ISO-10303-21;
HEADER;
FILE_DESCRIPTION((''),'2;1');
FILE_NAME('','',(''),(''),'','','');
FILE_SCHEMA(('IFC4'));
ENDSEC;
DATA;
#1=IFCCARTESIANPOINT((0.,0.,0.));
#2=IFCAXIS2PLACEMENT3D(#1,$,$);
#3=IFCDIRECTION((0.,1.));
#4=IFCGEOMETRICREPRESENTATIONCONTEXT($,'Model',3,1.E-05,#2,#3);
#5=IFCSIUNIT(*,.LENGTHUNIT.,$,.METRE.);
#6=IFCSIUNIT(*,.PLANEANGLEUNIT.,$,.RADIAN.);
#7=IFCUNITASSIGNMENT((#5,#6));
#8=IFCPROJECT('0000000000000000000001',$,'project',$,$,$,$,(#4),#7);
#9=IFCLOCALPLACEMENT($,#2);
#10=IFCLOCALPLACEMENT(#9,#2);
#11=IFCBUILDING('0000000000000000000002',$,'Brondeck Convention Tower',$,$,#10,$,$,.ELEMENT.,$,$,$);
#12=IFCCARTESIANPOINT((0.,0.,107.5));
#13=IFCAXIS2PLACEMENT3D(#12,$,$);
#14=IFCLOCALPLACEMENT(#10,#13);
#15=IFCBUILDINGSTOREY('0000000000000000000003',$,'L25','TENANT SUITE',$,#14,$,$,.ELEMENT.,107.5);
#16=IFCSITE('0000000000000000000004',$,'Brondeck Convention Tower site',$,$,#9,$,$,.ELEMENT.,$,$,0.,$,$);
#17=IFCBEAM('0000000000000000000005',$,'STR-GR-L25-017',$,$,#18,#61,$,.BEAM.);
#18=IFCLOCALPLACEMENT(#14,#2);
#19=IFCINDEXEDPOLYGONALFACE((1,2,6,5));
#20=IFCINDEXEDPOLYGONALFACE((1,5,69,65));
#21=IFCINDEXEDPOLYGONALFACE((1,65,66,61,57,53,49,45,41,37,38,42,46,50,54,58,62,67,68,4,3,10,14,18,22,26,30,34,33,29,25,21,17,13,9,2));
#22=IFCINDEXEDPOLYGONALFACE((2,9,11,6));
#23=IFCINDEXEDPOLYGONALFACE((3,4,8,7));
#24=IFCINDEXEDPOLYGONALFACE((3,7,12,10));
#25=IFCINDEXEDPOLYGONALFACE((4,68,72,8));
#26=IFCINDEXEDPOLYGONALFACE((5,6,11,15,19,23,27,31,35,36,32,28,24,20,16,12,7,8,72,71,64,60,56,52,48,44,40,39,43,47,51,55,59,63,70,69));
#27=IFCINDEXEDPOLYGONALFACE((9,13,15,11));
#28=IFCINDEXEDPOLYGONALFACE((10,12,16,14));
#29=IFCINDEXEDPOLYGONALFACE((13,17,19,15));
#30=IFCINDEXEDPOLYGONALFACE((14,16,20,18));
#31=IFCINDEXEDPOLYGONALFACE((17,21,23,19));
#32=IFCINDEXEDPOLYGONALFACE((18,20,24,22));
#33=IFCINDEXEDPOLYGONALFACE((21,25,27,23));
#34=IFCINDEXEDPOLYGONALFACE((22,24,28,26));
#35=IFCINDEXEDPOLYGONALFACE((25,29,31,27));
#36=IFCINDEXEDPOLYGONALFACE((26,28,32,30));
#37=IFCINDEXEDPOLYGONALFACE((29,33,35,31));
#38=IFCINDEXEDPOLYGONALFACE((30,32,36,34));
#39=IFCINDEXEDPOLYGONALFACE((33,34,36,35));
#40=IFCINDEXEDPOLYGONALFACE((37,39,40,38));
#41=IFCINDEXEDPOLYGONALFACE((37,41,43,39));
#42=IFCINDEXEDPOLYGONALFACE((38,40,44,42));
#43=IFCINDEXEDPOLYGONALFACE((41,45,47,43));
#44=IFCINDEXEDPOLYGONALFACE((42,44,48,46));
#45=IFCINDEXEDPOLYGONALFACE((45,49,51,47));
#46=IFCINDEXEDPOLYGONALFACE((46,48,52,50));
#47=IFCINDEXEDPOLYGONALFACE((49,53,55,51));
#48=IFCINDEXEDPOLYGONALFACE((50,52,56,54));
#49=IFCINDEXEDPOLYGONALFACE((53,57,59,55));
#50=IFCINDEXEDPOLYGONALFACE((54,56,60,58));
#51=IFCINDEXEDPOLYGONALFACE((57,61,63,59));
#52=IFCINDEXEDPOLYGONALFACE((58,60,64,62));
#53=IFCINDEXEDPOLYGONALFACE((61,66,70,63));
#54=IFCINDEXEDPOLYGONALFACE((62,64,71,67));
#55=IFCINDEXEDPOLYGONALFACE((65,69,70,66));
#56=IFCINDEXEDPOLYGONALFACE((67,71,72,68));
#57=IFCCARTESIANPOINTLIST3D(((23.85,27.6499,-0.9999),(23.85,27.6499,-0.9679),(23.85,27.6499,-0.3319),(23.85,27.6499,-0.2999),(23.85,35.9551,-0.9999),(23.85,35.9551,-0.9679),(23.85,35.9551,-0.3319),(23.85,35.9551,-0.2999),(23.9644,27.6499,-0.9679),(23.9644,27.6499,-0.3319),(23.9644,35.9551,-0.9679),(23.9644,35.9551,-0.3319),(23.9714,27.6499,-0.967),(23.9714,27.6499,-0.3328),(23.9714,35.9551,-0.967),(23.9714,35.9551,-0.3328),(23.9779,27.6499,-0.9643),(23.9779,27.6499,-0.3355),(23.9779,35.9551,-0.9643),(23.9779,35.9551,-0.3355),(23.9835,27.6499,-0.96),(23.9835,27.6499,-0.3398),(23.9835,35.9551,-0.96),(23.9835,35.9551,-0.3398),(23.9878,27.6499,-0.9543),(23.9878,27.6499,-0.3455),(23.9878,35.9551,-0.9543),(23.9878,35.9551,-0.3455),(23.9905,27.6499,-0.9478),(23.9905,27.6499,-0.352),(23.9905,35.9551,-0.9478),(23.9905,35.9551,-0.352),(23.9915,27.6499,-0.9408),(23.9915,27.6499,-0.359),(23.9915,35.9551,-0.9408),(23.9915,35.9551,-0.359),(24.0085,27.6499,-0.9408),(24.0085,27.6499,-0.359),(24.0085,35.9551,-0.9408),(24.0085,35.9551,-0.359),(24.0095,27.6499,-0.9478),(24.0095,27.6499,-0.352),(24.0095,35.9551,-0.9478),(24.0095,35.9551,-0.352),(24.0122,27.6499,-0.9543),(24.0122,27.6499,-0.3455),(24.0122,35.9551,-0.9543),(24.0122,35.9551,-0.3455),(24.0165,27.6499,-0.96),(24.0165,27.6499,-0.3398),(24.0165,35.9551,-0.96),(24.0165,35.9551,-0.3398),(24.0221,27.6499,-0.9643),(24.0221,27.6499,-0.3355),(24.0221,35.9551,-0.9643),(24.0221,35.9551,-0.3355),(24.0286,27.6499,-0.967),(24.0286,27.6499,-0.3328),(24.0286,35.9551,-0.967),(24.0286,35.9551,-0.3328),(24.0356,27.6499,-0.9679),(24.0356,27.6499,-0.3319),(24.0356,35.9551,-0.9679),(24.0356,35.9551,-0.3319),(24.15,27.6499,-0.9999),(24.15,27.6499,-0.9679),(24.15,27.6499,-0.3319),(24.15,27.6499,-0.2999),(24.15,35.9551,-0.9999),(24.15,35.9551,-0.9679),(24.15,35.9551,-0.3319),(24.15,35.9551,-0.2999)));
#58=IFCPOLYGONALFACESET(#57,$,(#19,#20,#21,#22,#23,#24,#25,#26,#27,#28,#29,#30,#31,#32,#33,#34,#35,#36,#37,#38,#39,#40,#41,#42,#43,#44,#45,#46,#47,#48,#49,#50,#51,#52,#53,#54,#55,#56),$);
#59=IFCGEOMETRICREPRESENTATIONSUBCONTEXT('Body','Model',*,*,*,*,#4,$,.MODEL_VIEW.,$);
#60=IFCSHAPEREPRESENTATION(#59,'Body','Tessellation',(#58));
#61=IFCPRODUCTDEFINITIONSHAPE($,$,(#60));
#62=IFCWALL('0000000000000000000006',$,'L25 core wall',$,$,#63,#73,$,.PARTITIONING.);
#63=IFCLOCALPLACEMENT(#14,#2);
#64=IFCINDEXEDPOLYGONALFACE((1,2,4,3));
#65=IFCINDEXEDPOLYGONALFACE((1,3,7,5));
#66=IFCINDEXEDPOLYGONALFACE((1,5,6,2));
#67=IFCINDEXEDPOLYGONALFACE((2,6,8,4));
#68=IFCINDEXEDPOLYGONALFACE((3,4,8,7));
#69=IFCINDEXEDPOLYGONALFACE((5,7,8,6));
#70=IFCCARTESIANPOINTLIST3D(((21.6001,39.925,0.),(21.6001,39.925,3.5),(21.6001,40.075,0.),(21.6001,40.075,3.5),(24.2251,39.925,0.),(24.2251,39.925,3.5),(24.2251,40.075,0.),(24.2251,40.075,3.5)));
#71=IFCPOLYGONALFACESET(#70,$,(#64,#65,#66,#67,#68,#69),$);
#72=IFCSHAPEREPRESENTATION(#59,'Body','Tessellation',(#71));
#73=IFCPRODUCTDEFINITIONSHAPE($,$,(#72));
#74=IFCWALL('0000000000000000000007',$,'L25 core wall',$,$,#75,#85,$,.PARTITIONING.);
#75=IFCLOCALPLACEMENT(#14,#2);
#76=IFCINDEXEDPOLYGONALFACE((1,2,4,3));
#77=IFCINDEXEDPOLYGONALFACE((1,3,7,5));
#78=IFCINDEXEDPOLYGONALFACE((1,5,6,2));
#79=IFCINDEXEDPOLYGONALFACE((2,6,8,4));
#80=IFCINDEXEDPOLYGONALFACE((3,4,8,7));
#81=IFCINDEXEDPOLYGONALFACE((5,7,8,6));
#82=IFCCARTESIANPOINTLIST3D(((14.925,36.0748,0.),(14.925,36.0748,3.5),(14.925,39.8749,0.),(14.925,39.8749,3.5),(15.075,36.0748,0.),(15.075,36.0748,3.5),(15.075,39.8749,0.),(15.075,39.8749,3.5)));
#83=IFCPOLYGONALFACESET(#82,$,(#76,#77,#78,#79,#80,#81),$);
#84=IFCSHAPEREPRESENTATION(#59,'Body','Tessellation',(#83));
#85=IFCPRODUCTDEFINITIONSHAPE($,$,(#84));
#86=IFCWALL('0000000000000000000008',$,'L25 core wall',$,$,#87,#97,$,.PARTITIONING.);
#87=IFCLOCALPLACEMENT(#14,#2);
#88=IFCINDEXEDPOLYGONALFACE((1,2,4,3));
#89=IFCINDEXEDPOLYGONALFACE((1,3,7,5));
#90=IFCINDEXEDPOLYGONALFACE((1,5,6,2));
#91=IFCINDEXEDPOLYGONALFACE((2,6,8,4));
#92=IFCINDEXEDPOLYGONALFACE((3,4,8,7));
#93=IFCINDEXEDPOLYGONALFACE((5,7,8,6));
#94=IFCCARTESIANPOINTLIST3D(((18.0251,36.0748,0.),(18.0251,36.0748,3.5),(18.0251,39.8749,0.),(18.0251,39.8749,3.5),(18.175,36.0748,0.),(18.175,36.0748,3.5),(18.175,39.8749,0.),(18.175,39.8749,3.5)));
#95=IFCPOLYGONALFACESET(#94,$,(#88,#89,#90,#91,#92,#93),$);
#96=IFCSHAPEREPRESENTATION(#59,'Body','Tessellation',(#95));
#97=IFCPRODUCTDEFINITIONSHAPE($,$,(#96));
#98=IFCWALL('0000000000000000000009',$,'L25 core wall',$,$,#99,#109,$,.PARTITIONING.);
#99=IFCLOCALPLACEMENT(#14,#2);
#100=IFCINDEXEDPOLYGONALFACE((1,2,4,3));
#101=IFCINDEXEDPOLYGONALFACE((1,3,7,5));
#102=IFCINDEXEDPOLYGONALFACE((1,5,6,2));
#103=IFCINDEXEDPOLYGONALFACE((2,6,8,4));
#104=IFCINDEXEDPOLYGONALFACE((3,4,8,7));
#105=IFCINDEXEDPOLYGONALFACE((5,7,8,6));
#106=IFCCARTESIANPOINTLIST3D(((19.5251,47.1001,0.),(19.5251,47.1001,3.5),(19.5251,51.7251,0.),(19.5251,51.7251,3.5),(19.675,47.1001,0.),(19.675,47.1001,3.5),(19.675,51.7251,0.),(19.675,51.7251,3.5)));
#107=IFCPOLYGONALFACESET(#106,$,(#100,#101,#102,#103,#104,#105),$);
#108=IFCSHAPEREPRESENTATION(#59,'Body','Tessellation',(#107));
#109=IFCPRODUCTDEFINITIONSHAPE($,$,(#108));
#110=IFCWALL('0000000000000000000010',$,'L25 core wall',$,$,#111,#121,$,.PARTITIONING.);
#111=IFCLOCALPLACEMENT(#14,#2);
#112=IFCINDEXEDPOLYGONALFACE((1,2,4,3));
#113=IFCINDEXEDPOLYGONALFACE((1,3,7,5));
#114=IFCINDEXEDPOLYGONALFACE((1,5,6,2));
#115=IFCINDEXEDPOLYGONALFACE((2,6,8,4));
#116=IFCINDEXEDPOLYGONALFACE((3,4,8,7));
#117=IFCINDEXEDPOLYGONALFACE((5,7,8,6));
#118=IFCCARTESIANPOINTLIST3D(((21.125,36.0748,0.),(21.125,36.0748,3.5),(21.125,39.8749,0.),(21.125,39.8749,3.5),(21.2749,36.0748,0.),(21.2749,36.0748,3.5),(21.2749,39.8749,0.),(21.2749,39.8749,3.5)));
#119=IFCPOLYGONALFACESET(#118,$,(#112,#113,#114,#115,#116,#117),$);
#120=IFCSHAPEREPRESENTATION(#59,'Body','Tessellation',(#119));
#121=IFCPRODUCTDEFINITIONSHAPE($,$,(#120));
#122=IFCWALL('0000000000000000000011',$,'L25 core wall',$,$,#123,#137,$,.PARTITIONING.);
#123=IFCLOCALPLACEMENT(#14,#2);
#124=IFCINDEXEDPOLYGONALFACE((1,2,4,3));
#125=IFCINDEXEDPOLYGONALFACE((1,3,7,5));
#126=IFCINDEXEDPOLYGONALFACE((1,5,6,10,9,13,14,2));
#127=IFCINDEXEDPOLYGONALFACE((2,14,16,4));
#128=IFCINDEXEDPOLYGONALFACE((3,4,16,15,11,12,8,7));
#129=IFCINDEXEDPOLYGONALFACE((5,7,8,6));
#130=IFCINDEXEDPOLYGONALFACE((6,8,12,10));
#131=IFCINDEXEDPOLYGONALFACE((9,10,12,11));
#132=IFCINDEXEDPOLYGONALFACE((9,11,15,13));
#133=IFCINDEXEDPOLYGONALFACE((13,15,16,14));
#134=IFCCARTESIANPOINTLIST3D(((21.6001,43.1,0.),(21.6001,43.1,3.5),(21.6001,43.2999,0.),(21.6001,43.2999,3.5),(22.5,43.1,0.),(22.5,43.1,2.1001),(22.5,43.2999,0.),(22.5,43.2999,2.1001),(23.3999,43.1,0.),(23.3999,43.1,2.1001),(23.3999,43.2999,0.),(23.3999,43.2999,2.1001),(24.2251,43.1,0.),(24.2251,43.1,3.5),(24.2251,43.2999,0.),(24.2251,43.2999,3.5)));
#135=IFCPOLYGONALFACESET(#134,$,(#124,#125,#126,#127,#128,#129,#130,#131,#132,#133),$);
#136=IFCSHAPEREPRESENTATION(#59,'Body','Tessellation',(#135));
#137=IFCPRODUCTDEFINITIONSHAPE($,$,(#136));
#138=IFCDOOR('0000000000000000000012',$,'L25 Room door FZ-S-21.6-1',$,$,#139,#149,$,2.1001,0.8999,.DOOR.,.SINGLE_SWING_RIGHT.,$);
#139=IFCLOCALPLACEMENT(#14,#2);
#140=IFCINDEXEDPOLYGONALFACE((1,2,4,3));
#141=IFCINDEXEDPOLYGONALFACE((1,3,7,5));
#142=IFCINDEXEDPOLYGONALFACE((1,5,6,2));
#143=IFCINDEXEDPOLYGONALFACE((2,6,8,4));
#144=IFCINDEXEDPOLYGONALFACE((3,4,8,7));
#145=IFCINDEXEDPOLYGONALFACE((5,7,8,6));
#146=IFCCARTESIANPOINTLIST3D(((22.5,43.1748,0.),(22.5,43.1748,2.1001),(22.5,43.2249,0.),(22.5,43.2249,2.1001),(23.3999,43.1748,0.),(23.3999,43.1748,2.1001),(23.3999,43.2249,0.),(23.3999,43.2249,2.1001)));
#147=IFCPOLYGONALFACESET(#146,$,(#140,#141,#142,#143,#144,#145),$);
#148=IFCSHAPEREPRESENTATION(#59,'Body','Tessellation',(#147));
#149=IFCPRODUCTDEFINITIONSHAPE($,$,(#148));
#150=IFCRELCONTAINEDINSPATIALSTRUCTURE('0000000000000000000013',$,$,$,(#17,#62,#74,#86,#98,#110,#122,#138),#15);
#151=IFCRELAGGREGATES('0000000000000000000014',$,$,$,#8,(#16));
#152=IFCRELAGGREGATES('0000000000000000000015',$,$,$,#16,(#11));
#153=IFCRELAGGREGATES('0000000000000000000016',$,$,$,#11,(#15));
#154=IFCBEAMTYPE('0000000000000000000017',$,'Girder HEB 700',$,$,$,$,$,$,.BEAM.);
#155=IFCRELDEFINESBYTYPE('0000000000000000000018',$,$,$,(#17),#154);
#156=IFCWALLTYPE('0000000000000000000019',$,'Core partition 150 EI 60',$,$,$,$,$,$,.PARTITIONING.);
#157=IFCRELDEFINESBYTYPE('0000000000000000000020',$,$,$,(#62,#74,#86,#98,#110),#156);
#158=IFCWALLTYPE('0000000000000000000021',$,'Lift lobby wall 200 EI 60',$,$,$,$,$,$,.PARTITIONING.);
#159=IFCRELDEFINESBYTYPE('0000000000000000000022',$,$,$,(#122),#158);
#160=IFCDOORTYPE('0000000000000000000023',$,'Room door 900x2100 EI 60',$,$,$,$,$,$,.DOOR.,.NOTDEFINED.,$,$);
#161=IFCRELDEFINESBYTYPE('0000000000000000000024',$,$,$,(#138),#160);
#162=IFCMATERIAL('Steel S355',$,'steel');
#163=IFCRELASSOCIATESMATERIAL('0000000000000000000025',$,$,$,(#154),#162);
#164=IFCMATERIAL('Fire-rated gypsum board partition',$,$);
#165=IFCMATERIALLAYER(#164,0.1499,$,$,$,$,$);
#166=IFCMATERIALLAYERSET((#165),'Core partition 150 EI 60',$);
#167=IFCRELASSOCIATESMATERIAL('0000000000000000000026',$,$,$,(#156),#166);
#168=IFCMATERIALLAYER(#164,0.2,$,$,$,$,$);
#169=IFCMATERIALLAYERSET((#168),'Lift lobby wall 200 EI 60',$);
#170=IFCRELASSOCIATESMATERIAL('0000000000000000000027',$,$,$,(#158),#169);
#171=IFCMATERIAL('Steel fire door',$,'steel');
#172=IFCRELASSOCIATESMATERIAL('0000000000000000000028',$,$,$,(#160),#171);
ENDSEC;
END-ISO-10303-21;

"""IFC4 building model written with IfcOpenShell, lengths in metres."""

from ifc_helpers import new_model, si_unit, direction, frame, frame_2d, origin, origin_2d, place, context, subcontext, project, spatial, rectangle, i_section, extrude, material, layer, layer_set, material_profile, profile_set, type_object, element, fill, save


model = new_model("IFC4")

# Units and contexts
model_context = context("Model", 3, precision=1e-05, world=origin(), true_north=direction((0.0, 1.0)))
body_context = subcontext(model_context, "Body", "Model", "MODEL_VIEW")
ifc_project = project(units=[si_unit("LENGTHUNIT", "METRE"), si_unit("PLANEANGLEUNIT", "RADIAN")], contexts=[model_context])

# Site, building, storey
site_placement = place(None, origin())
site = spatial("IfcSite", under=ifc_project, at=site_placement, Name="Brondeck Convention Tower site", CompositionType="ELEMENT", RefElevation=0.0)
building_placement = place(site_placement, origin())
building = spatial("IfcBuilding", under=site, at=building_placement, Name="Brondeck Convention Tower", CompositionType="ELEMENT")
storey_placement = place(building_placement, frame((0.0, 0.0, 107.5)))
storey = spatial("IfcBuildingStorey", under=building, at=storey_placement, Name="L25", Description="TENANT SUITE", CompositionType="ELEMENT", Elevation=107.5)

# Beam
ifc_material_1 = material(Name="Steel S355", Category="steel")
ifc_material_profile = material_profile(ifc_material_1, i_section(OverallWidth=0.3, OverallDepth=0.7, WebThickness=0.0171, FlangeThickness=0.032, FilletRadius=0.0271, at=origin_2d()), Name="HEB 700")
ifc_profile_set = profile_set([ifc_material_profile], Name="Steel S355")
beam_type = type_object("IfcBeamType", Name="Girder HEB 700", PredefinedType="BEAM", material=ifc_profile_set)
beam_placement = place(storey_placement, frame((24.0, 35.9551, -0.6499), z_axis=(0.0, -1.0, 0.0), x_axis=(1.0, 0.0, 0.0)))
element("IfcBeam", 1, at=beam_placement, inside=storey, type_object=beam_type, Name="STR-GR-L25-017", PredefinedType="BEAM", context=body_context, shape_type="SweptSolid", body=[
    extrude(i_section(OverallWidth=0.3, OverallDepth=0.7, WebThickness=0.0171, FlangeThickness=0.032, FilletRadius=0.0271, at=origin_2d()), origin(), (0.0, 0.0, 1.0), 8.3052),
])

# Walls
ifc_material_2 = material(Name="Fire-rated gypsum board partition")
ifc_layer_1 = layer(ifc_material_2, 0.1499)
ifc_layer_set_1 = layer_set([ifc_layer_1], Name="Core partition 150 EI 60")
wall_type_1 = type_object("IfcWallType", Name="Core partition 150 EI 60", PredefinedType="PARTITIONING", material=ifc_layer_set_1)
wall_1_placement = place(storey_placement, frame((21.6001, 40.0, 0.0), z_axis=(0.0, 0.0, 1.0), x_axis=(1.0, 0.0, 0.0)))
element("IfcWall", 2, at=wall_1_placement, inside=storey, type_object=wall_type_1, Name="L25 core wall", PredefinedType="PARTITIONING", context=body_context, shape_type="SweptSolid", body=[
    extrude(rectangle(XDim=2.625, YDim=0.1499, at=frame_2d((1.3125, 0.0))), origin(), (0.0, 0.0, 1.0), 3.5),
])
for number, where, z_axis, x_axis, name in (
    (3, (15.0, 36.075, 0.0), (0.0, 0.0, 1.0), (0.0, 1.0, 0.0), "L25 core wall"),
    (4, (18.1001, 36.075, 0.0), (0.0, 0.0, 1.0), (0.0, 1.0, 0.0), "L25 core wall"),
):
    element("IfcWall", number, at=place(storey_placement, frame(where, z_axis=z_axis, x_axis=x_axis)), inside=storey, type_object=wall_type_1, Name=name, PredefinedType="PARTITIONING", context=body_context, shape_type="SweptSolid", body=[
        extrude(rectangle(XDim=3.8, YDim=0.1499, at=frame_2d((1.8999, 0.0))), origin(), (0.0, 0.0, 1.0), 3.5),
    ])
wall_2_placement = place(storey_placement, frame((19.6001, 47.1001, 0.0), z_axis=(0.0, 0.0, 1.0), x_axis=(0.0, 1.0, 0.0)))
element("IfcWall", 5, at=wall_2_placement, inside=storey, type_object=wall_type_1, Name="L25 core wall", PredefinedType="PARTITIONING", context=body_context, shape_type="SweptSolid", body=[
    extrude(rectangle(XDim=4.625, YDim=0.1499, at=frame_2d((2.3125, 0.0))), origin(), (0.0, 0.0, 1.0), 3.5),
])
wall_3_placement = place(storey_placement, frame((21.2, 36.075, 0.0), z_axis=(0.0, 0.0, 1.0), x_axis=(0.0, 1.0, 0.0)))
element("IfcWall", 6, at=wall_3_placement, inside=storey, type_object=wall_type_1, Name="L25 core wall", PredefinedType="PARTITIONING", context=body_context, shape_type="SweptSolid", body=[
    extrude(rectangle(XDim=3.8, YDim=0.1499, at=frame_2d((1.8999, 0.0))), origin(), (0.0, 0.0, 1.0), 3.5),
])

# Wall, opening, door
ifc_layer_2 = layer(ifc_material_2, 0.2)
ifc_layer_set_2 = layer_set([ifc_layer_2], Name="Lift lobby wall 200 EI 60")
wall_type_2 = type_object("IfcWallType", Name="Lift lobby wall 200 EI 60", PredefinedType="PARTITIONING", material=ifc_layer_set_2)
wall_4_placement = place(storey_placement, frame((21.6001, 43.2, 0.0), z_axis=(0.0, 0.0, 1.0), x_axis=(1.0, 0.0, 0.0)))
wall_4 = element("IfcWall", 7, at=wall_4_placement, inside=storey, type_object=wall_type_2, Name="L25 core wall", PredefinedType="PARTITIONING", context=body_context, shape_type="SweptSolid", body=[
    extrude(rectangle(XDim=2.625, YDim=0.2, at=frame_2d((1.3125, 0.0))), origin(), (0.0, 0.0, 1.0), 3.5),
])
opening_1_placement = place(wall_4_placement, frame((0.8999, 0.0, 0.0)))
opening_1 = element("IfcOpeningElement", 8, at=opening_1_placement, cuts=wall_4, PredefinedType="OPENING", context=body_context, shape_type="SweptSolid", body=[
    extrude(rectangle(XDim=0.8999, YDim=2.1001, at=frame_2d((0.45, 1.05))), frame((0.0, 0.1099, 0.0), z_axis=(0.0, -1.0, 0.0), x_axis=(1.0, 0.0, 0.0)), (0.0, 0.0, 1.0), 0.22),
])
ifc_material_3 = material(Name="Steel fire door", Category="steel")
door_type_1 = type_object("IfcDoorType", Name="Room door 900x2100 EI 60", OperationType="NOTDEFINED", PredefinedType="DOOR", material=ifc_material_3)
door_1_placement = place(opening_1_placement, origin())
door_1 = element("IfcDoor", 9, at=door_1_placement, inside=storey, type_object=door_type_1, Name="L25 Room door FZ-S-21.6-1", OperationType="SINGLE_SWING_RIGHT", OverallHeight=2.1001, OverallWidth=0.8999, PredefinedType="DOOR", context=body_context, shape_type="SweptSolid", body=[
    extrude(rectangle(XDim=0.8999, YDim=2.1001, at=frame_2d((0.45, 1.05))), frame((0.0, 0.0249, 0.0), z_axis=(0.0, -1.0, 0.0), x_axis=(1.0, 0.0, 0.0)), (0.0, 0.0, 1.0), 0.05),
])
fill(opening_1, door_1)

save(model, "model.ifc")
